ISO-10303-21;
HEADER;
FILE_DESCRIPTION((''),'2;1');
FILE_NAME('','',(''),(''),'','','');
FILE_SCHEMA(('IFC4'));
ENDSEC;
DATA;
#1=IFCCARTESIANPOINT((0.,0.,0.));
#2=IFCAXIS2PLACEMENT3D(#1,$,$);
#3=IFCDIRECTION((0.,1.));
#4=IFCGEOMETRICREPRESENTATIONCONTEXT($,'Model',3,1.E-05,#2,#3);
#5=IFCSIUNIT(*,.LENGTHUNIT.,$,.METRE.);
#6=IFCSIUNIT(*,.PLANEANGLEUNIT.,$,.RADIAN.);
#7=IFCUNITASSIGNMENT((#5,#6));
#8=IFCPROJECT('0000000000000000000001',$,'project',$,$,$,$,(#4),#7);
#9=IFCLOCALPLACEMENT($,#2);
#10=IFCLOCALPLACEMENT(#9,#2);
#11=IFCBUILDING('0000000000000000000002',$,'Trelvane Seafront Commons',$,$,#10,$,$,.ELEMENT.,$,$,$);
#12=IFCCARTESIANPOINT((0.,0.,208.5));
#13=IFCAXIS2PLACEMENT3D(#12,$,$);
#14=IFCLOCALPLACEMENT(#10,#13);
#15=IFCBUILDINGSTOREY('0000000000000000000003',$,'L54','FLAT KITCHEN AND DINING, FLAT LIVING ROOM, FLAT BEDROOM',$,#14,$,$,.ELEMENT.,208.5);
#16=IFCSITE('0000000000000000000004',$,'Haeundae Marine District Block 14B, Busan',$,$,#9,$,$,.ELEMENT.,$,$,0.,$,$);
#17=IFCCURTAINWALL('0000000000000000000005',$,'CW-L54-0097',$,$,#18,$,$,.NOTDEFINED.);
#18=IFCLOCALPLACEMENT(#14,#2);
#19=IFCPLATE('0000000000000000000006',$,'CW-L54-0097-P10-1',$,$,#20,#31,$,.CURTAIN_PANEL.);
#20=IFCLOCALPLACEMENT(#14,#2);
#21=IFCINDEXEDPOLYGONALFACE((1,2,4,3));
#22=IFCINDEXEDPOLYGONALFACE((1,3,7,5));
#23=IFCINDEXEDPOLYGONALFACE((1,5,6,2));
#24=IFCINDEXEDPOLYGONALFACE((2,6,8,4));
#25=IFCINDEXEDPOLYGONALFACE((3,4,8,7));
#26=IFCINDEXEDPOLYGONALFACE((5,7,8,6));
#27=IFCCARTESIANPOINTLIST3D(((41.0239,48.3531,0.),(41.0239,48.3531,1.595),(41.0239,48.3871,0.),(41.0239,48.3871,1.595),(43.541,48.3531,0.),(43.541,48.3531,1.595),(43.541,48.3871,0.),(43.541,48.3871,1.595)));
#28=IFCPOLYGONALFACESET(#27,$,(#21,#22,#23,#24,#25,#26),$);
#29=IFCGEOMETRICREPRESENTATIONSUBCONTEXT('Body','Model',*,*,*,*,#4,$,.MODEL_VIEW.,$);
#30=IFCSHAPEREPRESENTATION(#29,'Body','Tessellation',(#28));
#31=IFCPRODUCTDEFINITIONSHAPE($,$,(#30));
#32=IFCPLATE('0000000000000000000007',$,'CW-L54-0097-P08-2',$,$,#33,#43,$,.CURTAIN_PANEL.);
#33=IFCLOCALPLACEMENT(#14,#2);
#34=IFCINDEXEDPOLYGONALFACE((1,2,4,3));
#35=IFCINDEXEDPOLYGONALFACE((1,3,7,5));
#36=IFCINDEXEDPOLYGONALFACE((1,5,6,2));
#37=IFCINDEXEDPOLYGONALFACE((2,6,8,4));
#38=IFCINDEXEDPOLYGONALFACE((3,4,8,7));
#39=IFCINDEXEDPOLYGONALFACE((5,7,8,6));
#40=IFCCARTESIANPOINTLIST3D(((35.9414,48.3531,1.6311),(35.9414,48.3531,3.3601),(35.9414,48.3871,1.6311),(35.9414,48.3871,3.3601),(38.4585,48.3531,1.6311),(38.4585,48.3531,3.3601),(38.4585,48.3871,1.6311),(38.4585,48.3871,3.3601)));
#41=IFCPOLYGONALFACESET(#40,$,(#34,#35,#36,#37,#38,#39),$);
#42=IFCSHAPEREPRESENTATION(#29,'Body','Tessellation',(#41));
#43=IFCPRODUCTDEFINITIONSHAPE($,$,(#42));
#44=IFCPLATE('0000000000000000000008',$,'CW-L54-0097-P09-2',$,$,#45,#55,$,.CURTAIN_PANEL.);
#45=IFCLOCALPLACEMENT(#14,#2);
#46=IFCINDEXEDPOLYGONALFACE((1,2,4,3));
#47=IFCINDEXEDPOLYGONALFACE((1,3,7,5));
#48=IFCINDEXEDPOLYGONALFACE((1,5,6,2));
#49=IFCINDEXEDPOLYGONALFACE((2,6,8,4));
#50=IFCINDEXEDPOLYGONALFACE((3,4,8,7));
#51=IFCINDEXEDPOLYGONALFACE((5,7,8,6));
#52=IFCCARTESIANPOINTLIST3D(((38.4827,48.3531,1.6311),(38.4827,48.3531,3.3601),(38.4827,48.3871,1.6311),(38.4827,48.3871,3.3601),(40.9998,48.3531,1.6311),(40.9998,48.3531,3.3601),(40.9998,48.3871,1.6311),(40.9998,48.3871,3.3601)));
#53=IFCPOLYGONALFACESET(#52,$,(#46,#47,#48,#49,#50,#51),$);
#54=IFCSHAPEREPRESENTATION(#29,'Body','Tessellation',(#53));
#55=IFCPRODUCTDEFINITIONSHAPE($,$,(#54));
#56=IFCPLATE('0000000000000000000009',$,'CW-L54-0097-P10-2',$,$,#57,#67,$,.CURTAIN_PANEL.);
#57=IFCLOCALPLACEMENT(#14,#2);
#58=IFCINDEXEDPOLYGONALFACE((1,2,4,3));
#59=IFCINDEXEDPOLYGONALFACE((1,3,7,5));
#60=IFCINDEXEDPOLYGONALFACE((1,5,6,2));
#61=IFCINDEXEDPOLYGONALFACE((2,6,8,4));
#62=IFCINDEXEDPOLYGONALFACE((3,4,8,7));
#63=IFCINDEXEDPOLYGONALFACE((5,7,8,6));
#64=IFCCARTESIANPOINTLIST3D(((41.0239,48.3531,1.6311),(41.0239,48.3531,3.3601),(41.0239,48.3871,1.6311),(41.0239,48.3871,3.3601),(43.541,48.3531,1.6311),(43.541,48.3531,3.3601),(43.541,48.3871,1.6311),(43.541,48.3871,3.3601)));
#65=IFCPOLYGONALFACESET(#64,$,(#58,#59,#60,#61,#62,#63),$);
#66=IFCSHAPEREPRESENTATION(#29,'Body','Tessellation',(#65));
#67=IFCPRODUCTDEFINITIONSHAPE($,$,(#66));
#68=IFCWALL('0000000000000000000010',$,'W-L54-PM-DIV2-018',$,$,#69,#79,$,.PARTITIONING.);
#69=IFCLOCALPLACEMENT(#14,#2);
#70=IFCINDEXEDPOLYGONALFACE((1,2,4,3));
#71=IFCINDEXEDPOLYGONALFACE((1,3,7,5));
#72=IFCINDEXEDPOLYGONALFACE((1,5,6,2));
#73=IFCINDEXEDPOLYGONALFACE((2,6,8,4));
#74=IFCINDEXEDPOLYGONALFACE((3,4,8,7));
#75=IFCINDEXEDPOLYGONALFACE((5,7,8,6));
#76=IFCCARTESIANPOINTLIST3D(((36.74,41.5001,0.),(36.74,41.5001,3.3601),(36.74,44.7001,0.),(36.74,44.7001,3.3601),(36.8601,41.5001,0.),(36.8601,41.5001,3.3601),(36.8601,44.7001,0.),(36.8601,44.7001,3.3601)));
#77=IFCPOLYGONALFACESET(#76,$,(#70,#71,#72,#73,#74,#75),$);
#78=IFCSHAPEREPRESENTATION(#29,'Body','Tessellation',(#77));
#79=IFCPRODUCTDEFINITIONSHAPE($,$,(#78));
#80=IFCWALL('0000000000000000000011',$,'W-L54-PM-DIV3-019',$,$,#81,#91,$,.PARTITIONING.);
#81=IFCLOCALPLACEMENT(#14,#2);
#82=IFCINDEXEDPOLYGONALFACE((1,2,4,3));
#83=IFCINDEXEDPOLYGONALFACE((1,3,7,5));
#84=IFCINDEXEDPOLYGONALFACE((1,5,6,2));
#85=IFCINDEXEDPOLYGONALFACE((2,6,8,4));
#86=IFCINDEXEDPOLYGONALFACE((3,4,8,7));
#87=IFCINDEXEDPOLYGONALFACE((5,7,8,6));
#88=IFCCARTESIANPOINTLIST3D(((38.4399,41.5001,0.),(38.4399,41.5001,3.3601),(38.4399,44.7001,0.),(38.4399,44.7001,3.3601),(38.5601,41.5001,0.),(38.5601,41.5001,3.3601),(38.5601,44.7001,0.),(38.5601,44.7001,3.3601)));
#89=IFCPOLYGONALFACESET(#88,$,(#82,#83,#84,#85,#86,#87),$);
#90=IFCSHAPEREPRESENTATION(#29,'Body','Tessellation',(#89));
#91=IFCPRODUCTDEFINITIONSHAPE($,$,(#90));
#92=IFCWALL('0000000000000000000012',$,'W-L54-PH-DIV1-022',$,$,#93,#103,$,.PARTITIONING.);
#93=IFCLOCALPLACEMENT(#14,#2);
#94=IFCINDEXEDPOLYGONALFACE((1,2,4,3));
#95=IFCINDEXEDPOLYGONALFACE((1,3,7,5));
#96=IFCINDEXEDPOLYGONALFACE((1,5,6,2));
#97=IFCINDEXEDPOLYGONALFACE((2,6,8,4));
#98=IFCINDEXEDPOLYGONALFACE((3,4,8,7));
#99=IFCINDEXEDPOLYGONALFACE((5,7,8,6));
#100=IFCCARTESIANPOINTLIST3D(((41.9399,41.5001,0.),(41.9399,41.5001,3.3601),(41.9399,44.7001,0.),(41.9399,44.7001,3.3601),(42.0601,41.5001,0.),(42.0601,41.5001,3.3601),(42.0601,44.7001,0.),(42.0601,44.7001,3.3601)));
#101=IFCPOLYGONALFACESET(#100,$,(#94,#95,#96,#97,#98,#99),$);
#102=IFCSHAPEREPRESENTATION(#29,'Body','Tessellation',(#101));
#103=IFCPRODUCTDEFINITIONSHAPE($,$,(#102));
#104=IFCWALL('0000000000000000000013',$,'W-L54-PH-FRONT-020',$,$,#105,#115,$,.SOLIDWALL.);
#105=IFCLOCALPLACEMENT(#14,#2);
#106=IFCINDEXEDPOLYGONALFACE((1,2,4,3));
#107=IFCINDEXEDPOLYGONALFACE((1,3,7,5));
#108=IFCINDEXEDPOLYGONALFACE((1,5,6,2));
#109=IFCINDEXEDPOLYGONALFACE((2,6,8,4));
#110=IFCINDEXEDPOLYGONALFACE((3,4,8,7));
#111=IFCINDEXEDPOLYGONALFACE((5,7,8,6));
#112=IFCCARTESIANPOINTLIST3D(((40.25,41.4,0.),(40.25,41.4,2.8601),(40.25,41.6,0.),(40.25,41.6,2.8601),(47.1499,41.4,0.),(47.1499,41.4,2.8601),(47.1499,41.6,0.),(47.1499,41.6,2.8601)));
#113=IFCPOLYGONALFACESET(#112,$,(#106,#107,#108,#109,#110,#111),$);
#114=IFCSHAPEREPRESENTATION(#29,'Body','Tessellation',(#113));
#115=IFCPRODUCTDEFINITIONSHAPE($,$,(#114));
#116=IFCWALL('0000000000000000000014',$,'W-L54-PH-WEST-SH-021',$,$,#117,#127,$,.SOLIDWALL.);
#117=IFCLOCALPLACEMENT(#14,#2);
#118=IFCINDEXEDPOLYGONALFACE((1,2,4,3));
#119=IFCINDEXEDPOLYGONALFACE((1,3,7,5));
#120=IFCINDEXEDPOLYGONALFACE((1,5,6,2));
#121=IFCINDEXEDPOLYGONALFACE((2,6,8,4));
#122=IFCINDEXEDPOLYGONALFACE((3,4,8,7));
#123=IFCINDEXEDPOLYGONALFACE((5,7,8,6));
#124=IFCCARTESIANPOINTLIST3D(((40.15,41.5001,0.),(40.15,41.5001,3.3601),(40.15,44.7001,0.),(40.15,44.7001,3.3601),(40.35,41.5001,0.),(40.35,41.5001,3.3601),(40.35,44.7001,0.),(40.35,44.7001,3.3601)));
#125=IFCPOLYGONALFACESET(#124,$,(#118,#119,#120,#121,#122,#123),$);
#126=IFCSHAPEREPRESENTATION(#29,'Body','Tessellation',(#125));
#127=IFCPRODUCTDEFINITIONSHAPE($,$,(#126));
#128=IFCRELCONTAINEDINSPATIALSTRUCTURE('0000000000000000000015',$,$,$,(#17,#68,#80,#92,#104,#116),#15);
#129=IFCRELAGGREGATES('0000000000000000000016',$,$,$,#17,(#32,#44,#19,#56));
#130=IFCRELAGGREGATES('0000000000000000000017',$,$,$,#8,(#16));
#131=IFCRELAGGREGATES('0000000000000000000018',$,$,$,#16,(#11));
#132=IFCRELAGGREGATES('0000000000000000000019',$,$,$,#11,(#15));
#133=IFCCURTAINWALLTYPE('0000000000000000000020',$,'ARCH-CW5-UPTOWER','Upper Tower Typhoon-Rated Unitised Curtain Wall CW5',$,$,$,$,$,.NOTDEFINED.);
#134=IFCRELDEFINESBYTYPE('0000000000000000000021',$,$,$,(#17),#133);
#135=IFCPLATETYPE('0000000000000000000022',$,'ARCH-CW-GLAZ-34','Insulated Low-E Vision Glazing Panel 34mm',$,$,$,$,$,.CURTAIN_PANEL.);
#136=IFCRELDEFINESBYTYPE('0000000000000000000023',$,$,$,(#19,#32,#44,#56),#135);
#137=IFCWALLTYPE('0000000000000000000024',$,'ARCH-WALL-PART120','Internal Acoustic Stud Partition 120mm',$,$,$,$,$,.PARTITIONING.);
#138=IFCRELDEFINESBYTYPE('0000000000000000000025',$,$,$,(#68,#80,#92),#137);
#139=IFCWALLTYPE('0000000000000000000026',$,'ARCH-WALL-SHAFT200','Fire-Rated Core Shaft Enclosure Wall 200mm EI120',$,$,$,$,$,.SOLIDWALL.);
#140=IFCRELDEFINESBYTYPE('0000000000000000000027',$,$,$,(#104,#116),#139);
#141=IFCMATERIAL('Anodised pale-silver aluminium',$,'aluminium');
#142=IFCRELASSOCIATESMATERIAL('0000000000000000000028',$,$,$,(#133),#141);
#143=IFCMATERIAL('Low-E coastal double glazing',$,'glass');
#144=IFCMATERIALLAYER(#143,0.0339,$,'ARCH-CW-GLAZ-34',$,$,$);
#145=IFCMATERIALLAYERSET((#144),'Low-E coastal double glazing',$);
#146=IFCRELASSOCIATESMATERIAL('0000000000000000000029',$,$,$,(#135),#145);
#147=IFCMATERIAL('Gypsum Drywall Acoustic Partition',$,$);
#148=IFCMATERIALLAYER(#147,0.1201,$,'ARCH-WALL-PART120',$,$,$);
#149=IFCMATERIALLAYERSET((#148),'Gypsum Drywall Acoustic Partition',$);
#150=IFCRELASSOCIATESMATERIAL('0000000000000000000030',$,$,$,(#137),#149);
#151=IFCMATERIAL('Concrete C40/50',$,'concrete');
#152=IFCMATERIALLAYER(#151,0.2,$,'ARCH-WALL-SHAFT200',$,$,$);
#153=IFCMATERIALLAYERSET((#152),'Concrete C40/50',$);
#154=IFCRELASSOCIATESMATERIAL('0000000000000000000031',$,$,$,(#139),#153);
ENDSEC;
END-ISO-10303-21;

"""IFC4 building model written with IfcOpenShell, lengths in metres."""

from ifc_helpers import new_model, si_unit, direction, frame, frame_2d, origin, origin_2d, place, context, subcontext, project, spatial, rectangle, extrude, source, transform, mapped, material, layer, layer_set, type_object, element, aggregate, save


model = new_model("IFC4")

# Units and contexts
model_context = context("Model", 3, precision=1e-05, world=origin(), true_north=direction((0.0, 1.0)))
body_context = subcontext(model_context, "Body", "Model", "MODEL_VIEW")
ifc_project = project(units=[si_unit("LENGTHUNIT", "METRE"), si_unit("PLANEANGLEUNIT", "RADIAN")], contexts=[model_context])

# Site, building, storey
site_placement = place(None, origin())
site = spatial("IfcSite", under=ifc_project, at=site_placement, Name="Haeundae Marine District Block 14B, Busan", CompositionType="ELEMENT", RefElevation=0.0)
building_placement = place(site_placement, origin())
building = spatial("IfcBuilding", under=site, at=building_placement, Name="Trelvane Seafront Commons", CompositionType="ELEMENT")
storey_placement = place(building_placement, frame((0.0, 0.0, 208.5)))
storey = spatial("IfcBuildingStorey", under=building, at=storey_placement, Name="L54", Description="FLAT KITCHEN AND DINING, FLAT LIVING ROOM, FLAT BEDROOM", CompositionType="ELEMENT", Elevation=208.5)

# Curtain wall
ifc_material_1 = material(Name="Anodised pale-silver aluminium", Category="aluminium")
curtain_wall_type = type_object("IfcCurtainWallType", Name="ARCH-CW5-UPTOWER", Description="Upper Tower Typhoon-Rated Unitised Curtain Wall CW5", PredefinedType="NOTDEFINED", material=ifc_material_1)
curtain_wall_placement = place(storey_placement, origin())
curtain_wall = element("IfcCurtainWall", 1, at=curtain_wall_placement, inside=storey, type_object=curtain_wall_type, Name="CW-L54-0097", PredefinedType="NOTDEFINED")

# Plates
ifc_material_2 = material(Name="Low-E coastal double glazing", Category="glass")
ifc_layer_1 = layer(ifc_material_2, 0.0339, Name="ARCH-CW-GLAZ-34")
ifc_layer_set_1 = layer_set([ifc_layer_1], Name="Low-E coastal double glazing")
plate_type_1 = type_object("IfcPlateType", Name="ARCH-CW-GLAZ-34", Description="Insulated Low-E Vision Glazing Panel 34mm", PredefinedType="CURTAIN_PANEL", material=ifc_layer_set_1)
shared_shape_1 = source(origin(), body_context, "Body", "SweptSolid", [
    extrude(rectangle(XDim=2.5171, YDim=0.0339, at=origin_2d()), origin(), (0.0, 0.0, 1.0), 1.595),
])
plate_1_placement = place(storey_placement, frame((42.2825, 48.3701, 0.0), z_axis=(0.0, 0.0, 1.0), x_axis=(1.0, 0.0, 0.0)))
plate_1 = element("IfcPlate", 2, at=plate_1_placement, type_object=plate_type_1, Name="CW-L54-0097-P10-1", PredefinedType="CURTAIN_PANEL", context=body_context, shape_type="MappedRepresentation", body=[
    mapped(shared_shape_1, transform((0.0, 0.0, 0.0), x_axis=(1.0, 0.0, 0.0), y_axis=(0.0, 1.0, 0.0), z_axis=(0.0, 0.0, 1.0), scale=1.0)),
])
shared_shape_2 = source(origin(), body_context, "Body", "SweptSolid", [
    extrude(rectangle(XDim=2.5171, YDim=0.0339, at=origin_2d()), origin(), (0.0, 0.0, 1.0), 1.729),
])
plate_2_placement = place(storey_placement, frame((37.2, 48.3701, 1.6311), z_axis=(0.0, 0.0, 1.0), x_axis=(1.0, 0.0, 0.0)))
plate_2 = element("IfcPlate", 3, at=plate_2_placement, type_object=plate_type_1, Name="CW-L54-0097-P08-2", PredefinedType="CURTAIN_PANEL", context=body_context, shape_type="MappedRepresentation", body=[
    mapped(shared_shape_2, transform((0.0, 0.0, 0.0), x_axis=(1.0, 0.0, 0.0), y_axis=(0.0, 1.0, 0.0), z_axis=(0.0, 0.0, 1.0), scale=1.0)),
])
plate_3_placement = place(storey_placement, frame((39.7412, 48.3701, 1.6311), z_axis=(0.0, 0.0, 1.0), x_axis=(1.0, 0.0, 0.0)))
plate_3 = element("IfcPlate", 4, at=plate_3_placement, type_object=plate_type_1, Name="CW-L54-0097-P09-2", PredefinedType="CURTAIN_PANEL", context=body_context, shape_type="MappedRepresentation", body=[
    mapped(shared_shape_2, transform((0.0, 0.0, 0.0), x_axis=(1.0, 0.0, 0.0), y_axis=(0.0, 1.0, 0.0), z_axis=(0.0, 0.0, 1.0), scale=1.0)),
])
plate_4_placement = place(storey_placement, frame((42.2825, 48.3701, 1.6311), z_axis=(0.0, 0.0, 1.0), x_axis=(1.0, 0.0, 0.0)))
plate_4 = element("IfcPlate", 5, at=plate_4_placement, type_object=plate_type_1, Name="CW-L54-0097-P10-2", PredefinedType="CURTAIN_PANEL", context=body_context, shape_type="MappedRepresentation", body=[
    mapped(shared_shape_2, transform((0.0, 0.0, 0.0), x_axis=(1.0, 0.0, 0.0), y_axis=(0.0, 1.0, 0.0), z_axis=(0.0, 0.0, 1.0), scale=1.0)),
])
aggregate(curtain_wall, [plate_2, plate_3, plate_1, plate_4])

# Walls
ifc_material_3 = material(Name="Gypsum Drywall Acoustic Partition")
ifc_layer_2 = layer(ifc_material_3, 0.1201, Name="ARCH-WALL-PART120")
ifc_layer_set_2 = layer_set([ifc_layer_2], Name="Gypsum Drywall Acoustic Partition")
wall_type_1 = type_object("IfcWallType", Name="ARCH-WALL-PART120", Description="Internal Acoustic Stud Partition 120mm", PredefinedType="PARTITIONING", material=ifc_layer_set_2)
for number, where, z_axis, x_axis, name in (
    (6, (36.8, 41.5, 0.0), (0.0, 0.0, 1.0), (0.0, 1.0, 0.0), "W-L54-PM-DIV2-018"),
    (7, (38.5, 41.5, 0.0), (0.0, 0.0, 1.0), (0.0, 1.0, 0.0), "W-L54-PM-DIV3-019"),
    (8, (42.0, 41.5, 0.0), (0.0, 0.0, 1.0), (0.0, 1.0, 0.0), "W-L54-PH-DIV1-022"),
):
    element("IfcWall", number, at=place(storey_placement, frame(where, z_axis=z_axis, x_axis=x_axis)), inside=storey, type_object=wall_type_1, Name=name, PredefinedType="PARTITIONING", context=body_context, shape_type="SweptSolid", body=[
        extrude(rectangle(XDim=3.2, YDim=0.1201, at=frame_2d((1.6001, 0.0))), origin(), (0.0, 0.0, 1.0), 3.3601),
    ])

# Walls
ifc_material_4 = material(Name="Concrete C40/50", Category="concrete")
ifc_layer_3 = layer(ifc_material_4, 0.2, Name="ARCH-WALL-SHAFT200")
ifc_layer_set_3 = layer_set([ifc_layer_3], Name="Concrete C40/50")
wall_type_2 = type_object("IfcWallType", Name="ARCH-WALL-SHAFT200", Description="Fire-Rated Core Shaft Enclosure Wall 200mm EI120", PredefinedType="SOLIDWALL", material=ifc_layer_set_3)
wall_1_placement = place(storey_placement, frame((40.25, 41.5, 0.0), z_axis=(0.0, 0.0, 1.0), x_axis=(1.0, 0.0, 0.0)))
element("IfcWall", 9, at=wall_1_placement, inside=storey, type_object=wall_type_2, Name="W-L54-PH-FRONT-020", PredefinedType="SOLIDWALL", context=body_context, shape_type="SweptSolid", body=[
    extrude(rectangle(XDim=6.8999, YDim=0.2, at=frame_2d((3.45, 0.0))), origin(), (0.0, 0.0, 1.0), 2.8601),
])
wall_2_placement = place(storey_placement, frame((40.25, 41.5, 0.0), z_axis=(0.0, 0.0, 1.0), x_axis=(0.0, 1.0, 0.0)))
element("IfcWall", 10, at=wall_2_placement, inside=storey, type_object=wall_type_2, Name="W-L54-PH-WEST-SH-021", PredefinedType="SOLIDWALL", context=body_context, shape_type="SweptSolid", body=[
    extrude(rectangle(XDim=3.2, YDim=0.2, at=frame_2d((1.6001, 0.0))), origin(), (0.0, 0.0, 1.0), 3.3601),
])

save(model, "model.ifc")
